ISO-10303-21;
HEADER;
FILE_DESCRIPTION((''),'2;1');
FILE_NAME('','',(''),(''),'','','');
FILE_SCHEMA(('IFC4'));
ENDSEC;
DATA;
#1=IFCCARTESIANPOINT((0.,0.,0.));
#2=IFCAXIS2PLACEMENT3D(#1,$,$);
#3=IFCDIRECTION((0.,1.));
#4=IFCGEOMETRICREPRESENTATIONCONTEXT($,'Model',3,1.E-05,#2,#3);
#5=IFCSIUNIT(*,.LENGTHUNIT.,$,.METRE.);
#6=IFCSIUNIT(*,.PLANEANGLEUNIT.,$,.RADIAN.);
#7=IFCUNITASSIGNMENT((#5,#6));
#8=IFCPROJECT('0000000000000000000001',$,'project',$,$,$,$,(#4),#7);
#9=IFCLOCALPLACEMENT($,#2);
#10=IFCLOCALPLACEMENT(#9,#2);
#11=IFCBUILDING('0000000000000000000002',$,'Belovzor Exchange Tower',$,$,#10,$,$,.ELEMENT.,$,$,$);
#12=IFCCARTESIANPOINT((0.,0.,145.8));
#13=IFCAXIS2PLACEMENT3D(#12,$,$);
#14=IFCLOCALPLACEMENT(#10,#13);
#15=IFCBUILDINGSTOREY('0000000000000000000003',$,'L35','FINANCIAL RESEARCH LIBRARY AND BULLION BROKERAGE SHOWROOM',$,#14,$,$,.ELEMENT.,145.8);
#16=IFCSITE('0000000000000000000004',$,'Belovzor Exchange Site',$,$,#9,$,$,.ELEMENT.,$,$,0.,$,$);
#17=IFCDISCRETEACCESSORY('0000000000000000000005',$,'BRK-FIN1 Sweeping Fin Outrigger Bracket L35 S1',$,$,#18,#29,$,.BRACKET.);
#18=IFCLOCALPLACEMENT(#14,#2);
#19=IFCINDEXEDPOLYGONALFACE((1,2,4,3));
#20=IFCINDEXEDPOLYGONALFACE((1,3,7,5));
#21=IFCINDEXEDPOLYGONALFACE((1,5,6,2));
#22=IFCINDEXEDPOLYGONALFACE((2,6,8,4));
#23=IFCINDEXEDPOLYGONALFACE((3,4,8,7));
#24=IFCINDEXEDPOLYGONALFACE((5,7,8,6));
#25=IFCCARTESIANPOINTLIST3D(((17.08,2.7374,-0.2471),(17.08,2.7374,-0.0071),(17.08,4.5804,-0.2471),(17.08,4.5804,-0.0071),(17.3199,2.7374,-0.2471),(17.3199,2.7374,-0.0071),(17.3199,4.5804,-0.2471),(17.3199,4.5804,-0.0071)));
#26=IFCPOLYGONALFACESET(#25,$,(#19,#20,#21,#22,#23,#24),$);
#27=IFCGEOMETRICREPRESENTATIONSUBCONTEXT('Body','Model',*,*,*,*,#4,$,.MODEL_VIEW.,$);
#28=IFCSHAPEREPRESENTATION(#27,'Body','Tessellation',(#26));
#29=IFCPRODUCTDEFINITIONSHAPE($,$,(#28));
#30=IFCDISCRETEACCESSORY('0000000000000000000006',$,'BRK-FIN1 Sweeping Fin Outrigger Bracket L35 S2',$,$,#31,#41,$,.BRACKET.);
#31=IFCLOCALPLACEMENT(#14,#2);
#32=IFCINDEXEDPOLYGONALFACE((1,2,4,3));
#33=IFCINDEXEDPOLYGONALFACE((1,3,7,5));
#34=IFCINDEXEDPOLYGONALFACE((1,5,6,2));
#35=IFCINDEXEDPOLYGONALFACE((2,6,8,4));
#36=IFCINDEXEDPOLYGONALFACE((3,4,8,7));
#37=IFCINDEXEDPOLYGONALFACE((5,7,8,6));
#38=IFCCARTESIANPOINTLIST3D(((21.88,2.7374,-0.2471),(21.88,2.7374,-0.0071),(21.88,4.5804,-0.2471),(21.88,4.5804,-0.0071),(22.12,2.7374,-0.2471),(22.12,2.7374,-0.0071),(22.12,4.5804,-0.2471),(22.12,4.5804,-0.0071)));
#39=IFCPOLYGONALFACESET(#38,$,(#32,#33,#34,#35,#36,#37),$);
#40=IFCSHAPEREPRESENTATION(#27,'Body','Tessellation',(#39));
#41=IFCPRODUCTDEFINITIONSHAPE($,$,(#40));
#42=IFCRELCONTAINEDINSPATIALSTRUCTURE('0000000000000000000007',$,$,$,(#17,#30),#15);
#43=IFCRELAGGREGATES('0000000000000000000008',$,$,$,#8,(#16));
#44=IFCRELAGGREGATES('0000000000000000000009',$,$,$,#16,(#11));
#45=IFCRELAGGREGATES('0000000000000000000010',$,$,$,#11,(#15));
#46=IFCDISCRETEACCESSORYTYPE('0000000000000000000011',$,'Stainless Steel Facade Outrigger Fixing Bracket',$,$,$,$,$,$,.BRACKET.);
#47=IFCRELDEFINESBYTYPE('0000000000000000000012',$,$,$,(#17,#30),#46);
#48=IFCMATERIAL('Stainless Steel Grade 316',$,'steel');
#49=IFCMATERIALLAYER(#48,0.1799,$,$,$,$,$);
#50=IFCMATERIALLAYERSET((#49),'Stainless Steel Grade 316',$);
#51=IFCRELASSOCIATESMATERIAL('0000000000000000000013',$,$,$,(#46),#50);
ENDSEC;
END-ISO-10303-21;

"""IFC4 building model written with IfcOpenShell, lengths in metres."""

from ifc_helpers import new_model, si_unit, direction, frame, origin, origin_2d, place, context, subcontext, project, spatial, rectangle, extrude, material, layer, layer_set, type_object, element, save


model = new_model("IFC4")

# Units and contexts
model_context = context("Model", 3, precision=1e-05, world=origin(), true_north=direction((0.0, 1.0)))
body_context = subcontext(model_context, "Body", "Model", "MODEL_VIEW")
ifc_project = project(units=[si_unit("LENGTHUNIT", "METRE"), si_unit("PLANEANGLEUNIT", "RADIAN")], contexts=[model_context])

# Site, building, storey
site_placement = place(None, origin())
site = spatial("IfcSite", under=ifc_project, at=site_placement, Name="Belovzor Exchange Site", CompositionType="ELEMENT", RefElevation=0.0)
building_placement = place(site_placement, origin())
building = spatial("IfcBuilding", under=site, at=building_placement, Name="Belovzor Exchange Tower", CompositionType="ELEMENT")
storey_placement = place(building_placement, frame((0.0, 0.0, 145.8)))
storey = spatial("IfcBuildingStorey", under=building, at=storey_placement, Name="L35", Description="FINANCIAL RESEARCH LIBRARY AND BULLION BROKERAGE SHOWROOM", CompositionType="ELEMENT", Elevation=145.8)

# Discrete accessories
ifc_material_1 = material(Name="Stainless Steel Grade 316", Category="steel")
ifc_layer_1 = layer(ifc_material_1, 0.1799)
ifc_layer_set_1 = layer_set([ifc_layer_1], Name="Stainless Steel Grade 316")
discrete_accessory_type = type_object("IfcDiscreteAccessoryType", Name="Stainless Steel Facade Outrigger Fixing Bracket", PredefinedType="BRACKET", material=ifc_layer_set_1)
for number, where, z_axis, x_axis, name in (
    (1, (17.2, 3.6589, -0.2471), (0.0, 0.0, 1.0), (0.0, 1.0, 0.0), "BRK-FIN1 Sweeping Fin Outrigger Bracket L35 S1"),
    (2, (22.0, 3.6589, -0.2471), (0.0, 0.0, 1.0), (0.0, 1.0, 0.0), "BRK-FIN1 Sweeping Fin Outrigger Bracket L35 S2"),
):
    element("IfcDiscreteAccessory", number, at=place(storey_placement, frame(where, z_axis=z_axis, x_axis=x_axis)), inside=storey, type_object=discrete_accessory_type, Name=name, PredefinedType="BRACKET", context=body_context, shape_type="SweptSolid", body=[
        extrude(rectangle(XDim=1.843, YDim=0.24, at=origin_2d()), origin(), (0.0, 0.0, 1.0), 0.24),
    ])

save(model, "model.ifc")
